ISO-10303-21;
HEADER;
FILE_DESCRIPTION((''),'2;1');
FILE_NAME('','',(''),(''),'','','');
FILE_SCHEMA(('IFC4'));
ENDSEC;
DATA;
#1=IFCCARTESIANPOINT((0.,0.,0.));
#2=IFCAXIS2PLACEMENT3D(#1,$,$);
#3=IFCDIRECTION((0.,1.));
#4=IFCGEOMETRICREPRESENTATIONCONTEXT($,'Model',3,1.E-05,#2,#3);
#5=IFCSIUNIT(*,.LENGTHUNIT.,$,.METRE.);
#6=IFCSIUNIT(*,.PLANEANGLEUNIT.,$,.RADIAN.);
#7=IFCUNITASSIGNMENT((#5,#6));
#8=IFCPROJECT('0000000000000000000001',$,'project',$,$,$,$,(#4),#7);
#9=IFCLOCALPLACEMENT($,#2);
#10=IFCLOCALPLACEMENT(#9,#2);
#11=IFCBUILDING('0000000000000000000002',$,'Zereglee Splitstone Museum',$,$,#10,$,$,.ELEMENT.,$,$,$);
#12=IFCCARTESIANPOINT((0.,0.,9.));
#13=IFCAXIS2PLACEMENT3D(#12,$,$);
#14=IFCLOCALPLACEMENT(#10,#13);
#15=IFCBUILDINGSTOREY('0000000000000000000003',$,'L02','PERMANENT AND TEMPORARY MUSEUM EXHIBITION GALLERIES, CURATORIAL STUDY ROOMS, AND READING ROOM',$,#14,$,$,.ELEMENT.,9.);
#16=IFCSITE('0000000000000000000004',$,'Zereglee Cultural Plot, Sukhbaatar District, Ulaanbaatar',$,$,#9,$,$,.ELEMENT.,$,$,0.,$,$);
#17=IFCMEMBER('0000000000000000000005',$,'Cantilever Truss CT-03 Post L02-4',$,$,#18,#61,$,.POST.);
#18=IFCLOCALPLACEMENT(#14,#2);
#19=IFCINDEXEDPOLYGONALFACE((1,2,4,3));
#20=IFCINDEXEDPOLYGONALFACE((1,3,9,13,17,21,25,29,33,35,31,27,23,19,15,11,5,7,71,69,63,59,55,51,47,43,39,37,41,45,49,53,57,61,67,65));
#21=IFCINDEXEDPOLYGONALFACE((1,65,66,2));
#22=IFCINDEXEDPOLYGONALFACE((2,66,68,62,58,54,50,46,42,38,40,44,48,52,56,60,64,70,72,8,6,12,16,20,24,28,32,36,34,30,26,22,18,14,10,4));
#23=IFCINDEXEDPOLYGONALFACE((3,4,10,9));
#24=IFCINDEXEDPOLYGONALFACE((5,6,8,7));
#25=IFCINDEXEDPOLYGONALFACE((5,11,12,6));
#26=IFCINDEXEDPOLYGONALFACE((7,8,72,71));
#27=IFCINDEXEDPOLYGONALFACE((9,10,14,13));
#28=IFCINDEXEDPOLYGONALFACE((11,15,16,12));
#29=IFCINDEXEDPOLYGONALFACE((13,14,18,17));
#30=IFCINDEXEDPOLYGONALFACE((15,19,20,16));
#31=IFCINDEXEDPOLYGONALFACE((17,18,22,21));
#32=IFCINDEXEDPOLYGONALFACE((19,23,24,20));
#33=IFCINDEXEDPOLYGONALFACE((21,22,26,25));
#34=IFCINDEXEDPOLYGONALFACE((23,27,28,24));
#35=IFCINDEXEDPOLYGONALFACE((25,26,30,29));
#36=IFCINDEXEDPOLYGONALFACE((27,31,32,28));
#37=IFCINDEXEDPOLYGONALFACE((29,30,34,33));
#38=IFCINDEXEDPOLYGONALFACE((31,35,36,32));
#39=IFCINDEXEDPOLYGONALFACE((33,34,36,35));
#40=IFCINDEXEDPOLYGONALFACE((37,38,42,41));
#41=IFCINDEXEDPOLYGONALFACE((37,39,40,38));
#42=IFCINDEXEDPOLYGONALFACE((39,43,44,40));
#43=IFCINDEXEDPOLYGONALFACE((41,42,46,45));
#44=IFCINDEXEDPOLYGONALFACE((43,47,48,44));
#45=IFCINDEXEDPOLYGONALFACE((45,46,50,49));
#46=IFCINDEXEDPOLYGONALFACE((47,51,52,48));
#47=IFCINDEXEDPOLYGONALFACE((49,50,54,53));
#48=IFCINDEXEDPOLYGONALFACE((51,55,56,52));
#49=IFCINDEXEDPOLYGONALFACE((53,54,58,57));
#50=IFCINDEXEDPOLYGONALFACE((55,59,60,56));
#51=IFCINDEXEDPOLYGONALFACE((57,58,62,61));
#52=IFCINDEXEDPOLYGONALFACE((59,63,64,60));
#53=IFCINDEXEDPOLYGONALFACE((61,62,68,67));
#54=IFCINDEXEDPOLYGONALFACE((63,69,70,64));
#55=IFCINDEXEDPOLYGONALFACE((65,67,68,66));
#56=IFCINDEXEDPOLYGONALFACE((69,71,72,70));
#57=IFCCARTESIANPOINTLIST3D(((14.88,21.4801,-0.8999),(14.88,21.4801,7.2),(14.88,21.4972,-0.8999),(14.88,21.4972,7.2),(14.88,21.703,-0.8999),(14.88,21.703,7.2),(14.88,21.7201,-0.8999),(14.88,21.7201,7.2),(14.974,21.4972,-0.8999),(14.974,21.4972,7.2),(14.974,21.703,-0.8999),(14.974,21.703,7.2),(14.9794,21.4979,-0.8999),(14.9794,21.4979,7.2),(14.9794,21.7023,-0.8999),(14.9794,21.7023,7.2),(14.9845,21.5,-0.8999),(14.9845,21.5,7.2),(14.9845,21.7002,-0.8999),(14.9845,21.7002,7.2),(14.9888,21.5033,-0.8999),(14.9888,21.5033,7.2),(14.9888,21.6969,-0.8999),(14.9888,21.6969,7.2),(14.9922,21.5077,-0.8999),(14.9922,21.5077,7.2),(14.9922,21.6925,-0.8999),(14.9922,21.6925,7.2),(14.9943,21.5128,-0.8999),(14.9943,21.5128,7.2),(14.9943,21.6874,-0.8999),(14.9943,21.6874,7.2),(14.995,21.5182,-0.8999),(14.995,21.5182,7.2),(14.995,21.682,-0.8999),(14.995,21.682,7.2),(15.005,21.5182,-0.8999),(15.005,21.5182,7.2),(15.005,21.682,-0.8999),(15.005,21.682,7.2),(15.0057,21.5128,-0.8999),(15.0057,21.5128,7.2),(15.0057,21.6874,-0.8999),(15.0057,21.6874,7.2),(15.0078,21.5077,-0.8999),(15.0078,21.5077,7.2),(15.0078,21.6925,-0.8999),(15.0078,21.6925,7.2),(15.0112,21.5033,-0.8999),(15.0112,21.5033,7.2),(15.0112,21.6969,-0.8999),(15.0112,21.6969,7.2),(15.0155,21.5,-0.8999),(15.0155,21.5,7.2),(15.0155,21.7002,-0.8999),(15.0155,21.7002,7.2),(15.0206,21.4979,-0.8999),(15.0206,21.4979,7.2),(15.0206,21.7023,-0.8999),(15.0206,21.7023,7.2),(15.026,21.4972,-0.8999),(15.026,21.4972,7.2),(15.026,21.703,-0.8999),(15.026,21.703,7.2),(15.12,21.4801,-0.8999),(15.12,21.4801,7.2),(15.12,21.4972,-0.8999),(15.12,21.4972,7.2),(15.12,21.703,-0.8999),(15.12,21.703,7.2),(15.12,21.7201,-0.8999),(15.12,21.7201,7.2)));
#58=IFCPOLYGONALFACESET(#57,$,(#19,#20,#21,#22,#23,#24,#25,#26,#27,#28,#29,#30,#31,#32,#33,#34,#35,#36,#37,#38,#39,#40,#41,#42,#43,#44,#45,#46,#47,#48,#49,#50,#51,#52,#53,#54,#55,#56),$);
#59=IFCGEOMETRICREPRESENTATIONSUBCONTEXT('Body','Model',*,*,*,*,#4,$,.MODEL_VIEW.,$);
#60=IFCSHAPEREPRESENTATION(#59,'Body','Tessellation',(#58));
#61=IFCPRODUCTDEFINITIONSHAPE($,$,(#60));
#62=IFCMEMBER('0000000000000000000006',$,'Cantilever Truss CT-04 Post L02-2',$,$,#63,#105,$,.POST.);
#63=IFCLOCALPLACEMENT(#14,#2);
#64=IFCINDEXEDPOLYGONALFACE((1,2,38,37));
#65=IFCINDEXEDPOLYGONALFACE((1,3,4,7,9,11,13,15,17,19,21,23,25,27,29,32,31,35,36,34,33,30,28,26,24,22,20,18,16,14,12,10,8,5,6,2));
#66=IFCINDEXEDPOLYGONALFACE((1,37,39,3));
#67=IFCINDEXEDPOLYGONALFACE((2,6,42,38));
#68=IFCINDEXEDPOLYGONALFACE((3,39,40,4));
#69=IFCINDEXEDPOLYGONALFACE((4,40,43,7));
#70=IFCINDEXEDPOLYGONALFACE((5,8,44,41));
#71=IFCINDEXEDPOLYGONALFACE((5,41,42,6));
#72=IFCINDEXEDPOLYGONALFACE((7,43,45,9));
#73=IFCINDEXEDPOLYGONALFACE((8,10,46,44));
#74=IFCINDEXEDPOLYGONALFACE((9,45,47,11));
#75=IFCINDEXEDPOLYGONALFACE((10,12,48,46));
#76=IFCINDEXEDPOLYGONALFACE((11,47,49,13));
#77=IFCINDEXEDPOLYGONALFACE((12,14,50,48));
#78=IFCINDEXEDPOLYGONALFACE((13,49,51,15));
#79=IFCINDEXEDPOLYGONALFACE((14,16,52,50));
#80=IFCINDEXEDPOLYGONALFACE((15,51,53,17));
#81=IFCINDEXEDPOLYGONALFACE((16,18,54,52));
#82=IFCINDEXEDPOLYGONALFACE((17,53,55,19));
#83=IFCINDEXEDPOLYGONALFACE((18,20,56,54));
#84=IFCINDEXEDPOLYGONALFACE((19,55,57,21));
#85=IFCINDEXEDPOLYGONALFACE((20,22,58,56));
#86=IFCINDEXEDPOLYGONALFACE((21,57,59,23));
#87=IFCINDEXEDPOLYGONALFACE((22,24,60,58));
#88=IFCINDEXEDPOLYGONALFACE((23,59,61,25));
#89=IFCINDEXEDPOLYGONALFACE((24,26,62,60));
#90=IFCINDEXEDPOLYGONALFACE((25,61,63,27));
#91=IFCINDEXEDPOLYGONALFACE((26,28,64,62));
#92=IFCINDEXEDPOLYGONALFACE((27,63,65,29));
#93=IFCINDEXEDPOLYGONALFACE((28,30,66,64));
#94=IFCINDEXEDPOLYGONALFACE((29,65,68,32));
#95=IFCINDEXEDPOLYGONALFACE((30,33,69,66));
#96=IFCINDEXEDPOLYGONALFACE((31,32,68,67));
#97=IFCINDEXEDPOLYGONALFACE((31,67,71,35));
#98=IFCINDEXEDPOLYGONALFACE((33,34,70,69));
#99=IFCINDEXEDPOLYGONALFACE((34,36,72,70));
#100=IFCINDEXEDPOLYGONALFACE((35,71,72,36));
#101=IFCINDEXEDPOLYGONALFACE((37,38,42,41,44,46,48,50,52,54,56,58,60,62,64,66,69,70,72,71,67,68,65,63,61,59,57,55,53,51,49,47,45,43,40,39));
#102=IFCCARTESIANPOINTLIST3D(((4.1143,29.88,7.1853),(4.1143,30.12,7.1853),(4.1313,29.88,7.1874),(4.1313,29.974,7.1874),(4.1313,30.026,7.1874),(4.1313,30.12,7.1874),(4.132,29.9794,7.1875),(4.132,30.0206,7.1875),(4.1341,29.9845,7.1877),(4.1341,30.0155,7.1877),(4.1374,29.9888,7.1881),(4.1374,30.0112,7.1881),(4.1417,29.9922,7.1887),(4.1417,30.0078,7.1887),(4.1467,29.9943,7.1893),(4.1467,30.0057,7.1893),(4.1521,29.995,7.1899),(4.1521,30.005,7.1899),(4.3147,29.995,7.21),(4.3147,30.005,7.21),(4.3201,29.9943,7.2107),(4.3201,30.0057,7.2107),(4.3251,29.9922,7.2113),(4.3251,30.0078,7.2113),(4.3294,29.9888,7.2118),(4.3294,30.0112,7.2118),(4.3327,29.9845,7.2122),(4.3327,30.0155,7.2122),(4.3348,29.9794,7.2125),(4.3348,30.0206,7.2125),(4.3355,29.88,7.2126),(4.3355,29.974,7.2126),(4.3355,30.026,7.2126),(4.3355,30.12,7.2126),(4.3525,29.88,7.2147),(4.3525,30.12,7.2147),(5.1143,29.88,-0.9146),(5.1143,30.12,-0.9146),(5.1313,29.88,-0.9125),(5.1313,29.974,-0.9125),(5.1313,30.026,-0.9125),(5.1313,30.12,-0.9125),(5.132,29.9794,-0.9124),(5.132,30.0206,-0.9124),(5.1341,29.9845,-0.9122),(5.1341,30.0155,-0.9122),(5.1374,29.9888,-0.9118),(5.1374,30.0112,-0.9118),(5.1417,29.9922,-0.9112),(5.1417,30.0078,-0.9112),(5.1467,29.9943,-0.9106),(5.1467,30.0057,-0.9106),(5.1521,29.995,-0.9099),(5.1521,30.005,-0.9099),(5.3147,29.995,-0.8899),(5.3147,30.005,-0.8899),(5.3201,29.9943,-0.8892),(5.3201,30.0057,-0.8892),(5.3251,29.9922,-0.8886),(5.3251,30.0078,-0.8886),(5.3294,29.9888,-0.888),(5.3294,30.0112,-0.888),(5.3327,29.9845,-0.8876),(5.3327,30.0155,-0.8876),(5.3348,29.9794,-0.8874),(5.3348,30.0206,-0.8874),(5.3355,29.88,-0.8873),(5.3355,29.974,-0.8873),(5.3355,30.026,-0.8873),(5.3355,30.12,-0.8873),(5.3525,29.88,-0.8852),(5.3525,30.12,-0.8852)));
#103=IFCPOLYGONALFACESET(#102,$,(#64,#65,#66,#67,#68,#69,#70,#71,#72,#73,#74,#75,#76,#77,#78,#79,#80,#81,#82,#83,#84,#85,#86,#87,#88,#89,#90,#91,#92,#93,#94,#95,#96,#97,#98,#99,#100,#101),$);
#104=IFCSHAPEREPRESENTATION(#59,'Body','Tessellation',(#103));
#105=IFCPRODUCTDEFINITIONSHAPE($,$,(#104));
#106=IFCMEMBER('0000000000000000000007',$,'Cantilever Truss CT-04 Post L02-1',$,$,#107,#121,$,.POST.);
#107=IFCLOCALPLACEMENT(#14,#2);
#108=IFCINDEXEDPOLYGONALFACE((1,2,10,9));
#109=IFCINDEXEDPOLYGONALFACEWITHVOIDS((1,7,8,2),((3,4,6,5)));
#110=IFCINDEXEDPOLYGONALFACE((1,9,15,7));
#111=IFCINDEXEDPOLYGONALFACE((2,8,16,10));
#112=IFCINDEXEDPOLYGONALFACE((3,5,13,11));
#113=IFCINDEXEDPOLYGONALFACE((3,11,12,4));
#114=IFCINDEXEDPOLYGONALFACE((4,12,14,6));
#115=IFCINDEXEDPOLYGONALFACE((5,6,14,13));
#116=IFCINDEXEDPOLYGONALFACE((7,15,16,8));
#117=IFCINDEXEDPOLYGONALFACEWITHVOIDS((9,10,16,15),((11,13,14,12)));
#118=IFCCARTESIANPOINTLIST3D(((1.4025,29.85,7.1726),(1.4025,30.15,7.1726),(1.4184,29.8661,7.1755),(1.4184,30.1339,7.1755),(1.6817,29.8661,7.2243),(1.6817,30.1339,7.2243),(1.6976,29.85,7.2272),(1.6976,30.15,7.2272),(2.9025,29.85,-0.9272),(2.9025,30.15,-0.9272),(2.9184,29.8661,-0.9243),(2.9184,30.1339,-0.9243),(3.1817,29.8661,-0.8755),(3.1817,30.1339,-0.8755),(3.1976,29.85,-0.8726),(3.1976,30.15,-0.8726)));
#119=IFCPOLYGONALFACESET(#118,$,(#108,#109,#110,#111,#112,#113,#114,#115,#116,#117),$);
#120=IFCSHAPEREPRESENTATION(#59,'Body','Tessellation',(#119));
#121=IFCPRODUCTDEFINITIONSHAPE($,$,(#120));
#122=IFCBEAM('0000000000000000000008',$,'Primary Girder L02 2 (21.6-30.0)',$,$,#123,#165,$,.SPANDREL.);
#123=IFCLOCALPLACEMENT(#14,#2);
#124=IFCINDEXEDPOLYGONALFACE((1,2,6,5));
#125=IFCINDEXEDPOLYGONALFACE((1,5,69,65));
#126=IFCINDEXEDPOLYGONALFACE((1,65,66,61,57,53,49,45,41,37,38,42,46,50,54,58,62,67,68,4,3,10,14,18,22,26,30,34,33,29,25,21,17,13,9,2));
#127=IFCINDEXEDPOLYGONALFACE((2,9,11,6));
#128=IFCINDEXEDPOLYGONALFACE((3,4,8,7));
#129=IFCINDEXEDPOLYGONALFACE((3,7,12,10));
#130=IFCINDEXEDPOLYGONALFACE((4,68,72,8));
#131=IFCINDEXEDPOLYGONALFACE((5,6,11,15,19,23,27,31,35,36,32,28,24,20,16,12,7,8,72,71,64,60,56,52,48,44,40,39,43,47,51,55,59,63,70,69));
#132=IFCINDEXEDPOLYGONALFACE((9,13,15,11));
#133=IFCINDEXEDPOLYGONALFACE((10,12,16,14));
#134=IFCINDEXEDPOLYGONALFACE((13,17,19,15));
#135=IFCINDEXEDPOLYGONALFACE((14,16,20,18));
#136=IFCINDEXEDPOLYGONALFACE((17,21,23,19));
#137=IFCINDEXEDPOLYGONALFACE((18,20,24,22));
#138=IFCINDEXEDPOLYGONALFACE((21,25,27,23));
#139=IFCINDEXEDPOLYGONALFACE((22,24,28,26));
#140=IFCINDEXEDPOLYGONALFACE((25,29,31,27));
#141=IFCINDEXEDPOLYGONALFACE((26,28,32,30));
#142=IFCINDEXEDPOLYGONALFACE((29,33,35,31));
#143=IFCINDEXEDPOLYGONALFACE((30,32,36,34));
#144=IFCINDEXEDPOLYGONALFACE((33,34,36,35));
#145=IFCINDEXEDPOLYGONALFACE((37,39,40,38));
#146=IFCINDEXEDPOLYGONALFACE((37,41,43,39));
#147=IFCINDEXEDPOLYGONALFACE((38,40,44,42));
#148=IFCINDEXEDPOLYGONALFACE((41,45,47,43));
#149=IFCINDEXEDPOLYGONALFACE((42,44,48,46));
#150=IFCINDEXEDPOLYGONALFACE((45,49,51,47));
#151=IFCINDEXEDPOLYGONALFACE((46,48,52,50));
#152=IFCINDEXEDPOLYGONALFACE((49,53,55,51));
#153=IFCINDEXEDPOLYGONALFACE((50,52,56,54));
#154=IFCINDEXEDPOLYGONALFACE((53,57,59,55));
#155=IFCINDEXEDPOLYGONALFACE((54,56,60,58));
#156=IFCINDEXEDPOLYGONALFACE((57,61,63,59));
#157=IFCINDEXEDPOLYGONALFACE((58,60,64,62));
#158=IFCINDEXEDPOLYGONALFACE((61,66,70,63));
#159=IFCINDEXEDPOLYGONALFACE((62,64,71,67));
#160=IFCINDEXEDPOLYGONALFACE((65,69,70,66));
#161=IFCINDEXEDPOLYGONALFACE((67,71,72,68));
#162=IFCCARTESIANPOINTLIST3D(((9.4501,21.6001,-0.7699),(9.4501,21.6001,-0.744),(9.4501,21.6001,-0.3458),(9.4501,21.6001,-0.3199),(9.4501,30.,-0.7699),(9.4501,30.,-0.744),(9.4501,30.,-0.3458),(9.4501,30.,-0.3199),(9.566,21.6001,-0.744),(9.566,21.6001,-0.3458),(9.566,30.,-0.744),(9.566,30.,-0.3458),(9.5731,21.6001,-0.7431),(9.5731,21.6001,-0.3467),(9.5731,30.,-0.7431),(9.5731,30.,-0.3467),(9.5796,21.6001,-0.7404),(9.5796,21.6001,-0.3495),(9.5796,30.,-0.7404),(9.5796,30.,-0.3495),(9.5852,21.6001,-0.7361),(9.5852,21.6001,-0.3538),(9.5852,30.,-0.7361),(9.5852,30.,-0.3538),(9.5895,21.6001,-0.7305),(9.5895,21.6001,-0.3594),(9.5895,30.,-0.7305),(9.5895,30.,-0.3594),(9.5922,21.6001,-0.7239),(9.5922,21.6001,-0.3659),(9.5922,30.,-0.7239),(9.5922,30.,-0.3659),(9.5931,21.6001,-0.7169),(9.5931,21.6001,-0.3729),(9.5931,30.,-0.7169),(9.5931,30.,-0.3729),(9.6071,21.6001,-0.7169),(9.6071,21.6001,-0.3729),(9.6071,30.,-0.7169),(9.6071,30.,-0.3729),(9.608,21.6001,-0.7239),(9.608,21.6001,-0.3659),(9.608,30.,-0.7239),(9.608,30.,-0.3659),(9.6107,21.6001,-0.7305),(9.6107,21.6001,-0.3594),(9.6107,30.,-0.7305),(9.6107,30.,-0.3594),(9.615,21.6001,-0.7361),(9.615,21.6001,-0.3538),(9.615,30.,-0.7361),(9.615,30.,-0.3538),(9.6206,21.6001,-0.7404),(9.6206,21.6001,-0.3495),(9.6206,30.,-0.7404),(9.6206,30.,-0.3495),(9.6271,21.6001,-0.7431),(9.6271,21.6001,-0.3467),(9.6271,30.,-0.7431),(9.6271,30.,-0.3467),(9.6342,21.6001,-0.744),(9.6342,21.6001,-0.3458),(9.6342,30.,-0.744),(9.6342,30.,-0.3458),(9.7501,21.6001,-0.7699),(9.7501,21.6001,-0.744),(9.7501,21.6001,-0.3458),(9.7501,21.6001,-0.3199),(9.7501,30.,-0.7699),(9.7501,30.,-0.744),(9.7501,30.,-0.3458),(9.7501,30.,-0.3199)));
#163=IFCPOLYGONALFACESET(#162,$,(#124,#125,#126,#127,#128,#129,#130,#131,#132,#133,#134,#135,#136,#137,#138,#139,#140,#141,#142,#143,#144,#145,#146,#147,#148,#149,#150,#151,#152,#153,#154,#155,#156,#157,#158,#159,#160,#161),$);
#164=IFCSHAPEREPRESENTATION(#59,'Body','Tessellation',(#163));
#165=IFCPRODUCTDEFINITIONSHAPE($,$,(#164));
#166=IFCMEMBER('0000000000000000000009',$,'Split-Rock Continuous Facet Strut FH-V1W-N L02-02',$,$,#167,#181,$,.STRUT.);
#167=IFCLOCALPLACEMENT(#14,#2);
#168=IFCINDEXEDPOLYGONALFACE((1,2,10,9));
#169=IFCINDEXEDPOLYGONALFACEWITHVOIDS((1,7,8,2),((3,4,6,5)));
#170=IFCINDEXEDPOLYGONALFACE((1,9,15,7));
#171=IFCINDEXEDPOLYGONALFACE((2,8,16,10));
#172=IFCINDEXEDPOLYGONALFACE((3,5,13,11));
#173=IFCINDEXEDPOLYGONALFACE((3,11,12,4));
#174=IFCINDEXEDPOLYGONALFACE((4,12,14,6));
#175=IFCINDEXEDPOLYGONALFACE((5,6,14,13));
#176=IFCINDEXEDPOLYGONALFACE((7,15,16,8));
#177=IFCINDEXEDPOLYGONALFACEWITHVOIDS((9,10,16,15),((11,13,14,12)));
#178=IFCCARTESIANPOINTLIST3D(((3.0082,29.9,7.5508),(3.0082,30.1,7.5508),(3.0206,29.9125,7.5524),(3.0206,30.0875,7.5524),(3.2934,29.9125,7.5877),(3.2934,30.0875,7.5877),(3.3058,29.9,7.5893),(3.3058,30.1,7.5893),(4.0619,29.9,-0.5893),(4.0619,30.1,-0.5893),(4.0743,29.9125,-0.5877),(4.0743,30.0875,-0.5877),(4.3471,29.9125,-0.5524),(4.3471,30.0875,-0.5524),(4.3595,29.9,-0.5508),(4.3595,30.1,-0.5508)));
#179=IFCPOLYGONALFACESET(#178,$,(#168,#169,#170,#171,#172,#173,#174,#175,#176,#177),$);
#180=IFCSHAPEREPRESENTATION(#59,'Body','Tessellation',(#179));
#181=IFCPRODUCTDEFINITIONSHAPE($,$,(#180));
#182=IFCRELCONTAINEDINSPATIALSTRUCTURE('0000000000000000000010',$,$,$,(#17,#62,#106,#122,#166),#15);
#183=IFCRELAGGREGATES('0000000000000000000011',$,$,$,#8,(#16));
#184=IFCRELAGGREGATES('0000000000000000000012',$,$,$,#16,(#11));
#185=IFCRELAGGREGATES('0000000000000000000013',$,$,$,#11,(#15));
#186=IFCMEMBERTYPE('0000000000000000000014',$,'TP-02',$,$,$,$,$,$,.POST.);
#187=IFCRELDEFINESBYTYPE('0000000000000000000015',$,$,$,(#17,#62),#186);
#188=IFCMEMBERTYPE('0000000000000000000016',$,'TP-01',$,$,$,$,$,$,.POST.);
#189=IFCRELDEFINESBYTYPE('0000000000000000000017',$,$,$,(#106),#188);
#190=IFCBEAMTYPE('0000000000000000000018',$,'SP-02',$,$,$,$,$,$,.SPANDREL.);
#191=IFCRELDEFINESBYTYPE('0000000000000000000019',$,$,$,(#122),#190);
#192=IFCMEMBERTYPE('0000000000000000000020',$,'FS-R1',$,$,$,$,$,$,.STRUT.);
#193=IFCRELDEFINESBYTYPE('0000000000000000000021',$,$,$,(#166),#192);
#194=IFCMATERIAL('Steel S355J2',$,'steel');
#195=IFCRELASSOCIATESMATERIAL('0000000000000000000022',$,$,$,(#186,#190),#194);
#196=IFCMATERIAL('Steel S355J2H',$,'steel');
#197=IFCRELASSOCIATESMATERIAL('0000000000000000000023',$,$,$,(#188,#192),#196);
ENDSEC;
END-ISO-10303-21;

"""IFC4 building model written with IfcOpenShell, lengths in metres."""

from ifc_helpers import new_model, si_unit, direction, frame, origin, origin_2d, place, context, subcontext, project, spatial, hollow_rectangle, i_section, extrude, material, material_profile, profile_set, type_object, element, save


model = new_model("IFC4")

# Units and contexts
model_context = context("Model", 3, precision=1e-05, world=origin(), true_north=direction((0.0, 1.0)))
body_context = subcontext(model_context, "Body", "Model", "MODEL_VIEW")
ifc_project = project(units=[si_unit("LENGTHUNIT", "METRE"), si_unit("PLANEANGLEUNIT", "RADIAN")], contexts=[model_context])

# Site, building, storey
site_placement = place(None, origin())
site = spatial("IfcSite", under=ifc_project, at=site_placement, Name="Zereglee Cultural Plot, Sukhbaatar District, Ulaanbaatar", CompositionType="ELEMENT", RefElevation=0.0)
building_placement = place(site_placement, origin())
building = spatial("IfcBuilding", under=site, at=building_placement, Name="Zereglee Splitstone Museum", CompositionType="ELEMENT")
storey_placement = place(building_placement, frame((0.0, 0.0, 9.0)))
storey = spatial("IfcBuildingStorey", under=building, at=storey_placement, Name="L02", Description="PERMANENT AND TEMPORARY MUSEUM EXHIBITION GALLERIES, CURATORIAL STUDY ROOMS, AND READING ROOM", CompositionType="ELEMENT", Elevation=9.0)

# Shared definitions
ifc_material_1 = material(Name="Steel S355J2H", Category="steel")

# Shared definitions
ifc_material_2 = material(Name="Steel S355J2", Category="steel")

# Members
ifc_material_profile_1 = material_profile(ifc_material_2, i_section(OverallWidth=0.24, OverallDepth=0.24, WebThickness=0.01, FlangeThickness=0.0171, FilletRadius=0.021, at=origin_2d()), Name="HE 240 B")
ifc_profile_set_1 = profile_set([ifc_material_profile_1], Name="Steel S355J2")
member_type_1 = type_object("IfcMemberType", Name="TP-02", PredefinedType="POST", material=ifc_profile_set_1)
member_1_placement = place(storey_placement, frame((15.0, 21.6001, -0.8999), z_axis=(0.0, 0.0, 1.0), x_axis=(1.0, 0.0, 0.0)))
element("IfcMember", 1, at=member_1_placement, inside=storey, type_object=member_type_1, Name="Cantilever Truss CT-03 Post L02-4", PredefinedType="POST", context=body_context, shape_type="SweptSolid", body=[
    extrude(i_section(OverallWidth=0.24, OverallDepth=0.24, WebThickness=0.01, FlangeThickness=0.0171, FilletRadius=0.021, at=origin_2d()), origin(), (0.0, 0.0, 1.0), 8.0999),
])
member_2_placement = place(storey_placement, frame((5.2334, 30.0, -0.8999), z_axis=(-0.122529, 0.0, 0.992465), x_axis=(0.0, -1.0, 0.0)))
element("IfcMember", 2, at=member_2_placement, inside=storey, type_object=member_type_1, Name="Cantilever Truss CT-04 Post L02-2", PredefinedType="POST", context=body_context, shape_type="SweptSolid", body=[
    extrude(i_section(OverallWidth=0.24, OverallDepth=0.24, WebThickness=0.01, FlangeThickness=0.0171, FilletRadius=0.021, at=origin_2d()), origin(), (0.0, 0.0, 1.0), 8.1614),
])
ifc_material_profile_2 = material_profile(ifc_material_1, hollow_rectangle(XDim=0.3, YDim=0.3, WallThickness=0.0161, at=origin_2d()), Name="SHS 300x300x16")
ifc_profile_set_2 = profile_set([ifc_material_profile_2], Name="Steel S355J2H")
member_type_2 = type_object("IfcMemberType", Name="TP-01", PredefinedType="POST", material=ifc_profile_set_2)
member_3_placement = place(storey_placement, frame((3.05, 30.0, -0.8999), z_axis=(-0.182092, 0.0, 0.983281), x_axis=(0.0, -1.0, 0.0)))
element("IfcMember", 3, at=member_3_placement, inside=storey, type_object=member_type_2, Name="Cantilever Truss CT-04 Post L02-1", PredefinedType="POST", context=body_context, shape_type="SweptSolid", body=[
    extrude(hollow_rectangle(XDim=0.3, YDim=0.3, WallThickness=0.0161, at=origin_2d()), origin(), (0.0, 0.0, 1.0), 8.2375),
])

# Beam
ifc_material_profile_3 = material_profile(ifc_material_2, i_section(OverallWidth=0.3, OverallDepth=0.45, WebThickness=0.0139, FlangeThickness=0.0259, FilletRadius=0.0271, at=origin_2d()), Name="HE 450 B")
ifc_profile_set_3 = profile_set([ifc_material_profile_3], Name="Steel S355J2")
beam_type_1 = type_object("IfcBeamType", Name="SP-02", PredefinedType="SPANDREL", material=ifc_profile_set_3)
beam_1_placement = place(storey_placement, frame((9.6001, 21.6001, -0.5449), z_axis=(0.0, 1.0, 0.0), x_axis=(-1.0, 0.0, 0.0)))
element("IfcBeam", 4, at=beam_1_placement, inside=storey, type_object=beam_type_1, Name="Primary Girder L02 2 (21.6-30.0)", PredefinedType="SPANDREL", context=body_context, shape_type="SweptSolid", body=[
    extrude(i_section(OverallWidth=0.3, OverallDepth=0.45, WebThickness=0.0139, FlangeThickness=0.0259, FilletRadius=0.0271, at=origin_2d()), origin(), (0.0, 0.0, 1.0), 8.3999),
])

# Member
ifc_material_profile_4 = material_profile(ifc_material_1, hollow_rectangle(XDim=0.2, YDim=0.3, WallThickness=0.0125, at=origin_2d()), Name="RHS 300x200x12.5")
ifc_profile_set_4 = profile_set([ifc_material_profile_4], Name="Steel S355J2H")
member_type_3 = type_object("IfcMemberType", Name="FS-R1", PredefinedType="STRUT", material=ifc_profile_set_4)
member_4_placement = place(storey_placement, frame((4.2107, 30.0, -0.5701), z_axis=(-0.128375, 0.0, 0.991726), x_axis=(0.0, -1.0, 0.0)))
element("IfcMember", 5, at=member_4_placement, inside=storey, type_object=member_type_3, Name="Split-Rock Continuous Facet Strut FH-V1W-N L02-02", PredefinedType="STRUT", context=body_context, shape_type="SweptSolid", body=[
    extrude(hollow_rectangle(XDim=0.2, YDim=0.3, WallThickness=0.0125, at=origin_2d()), origin(), (0.0, 0.0, 1.0), 8.208),
])

save(model, "model.ifc")
